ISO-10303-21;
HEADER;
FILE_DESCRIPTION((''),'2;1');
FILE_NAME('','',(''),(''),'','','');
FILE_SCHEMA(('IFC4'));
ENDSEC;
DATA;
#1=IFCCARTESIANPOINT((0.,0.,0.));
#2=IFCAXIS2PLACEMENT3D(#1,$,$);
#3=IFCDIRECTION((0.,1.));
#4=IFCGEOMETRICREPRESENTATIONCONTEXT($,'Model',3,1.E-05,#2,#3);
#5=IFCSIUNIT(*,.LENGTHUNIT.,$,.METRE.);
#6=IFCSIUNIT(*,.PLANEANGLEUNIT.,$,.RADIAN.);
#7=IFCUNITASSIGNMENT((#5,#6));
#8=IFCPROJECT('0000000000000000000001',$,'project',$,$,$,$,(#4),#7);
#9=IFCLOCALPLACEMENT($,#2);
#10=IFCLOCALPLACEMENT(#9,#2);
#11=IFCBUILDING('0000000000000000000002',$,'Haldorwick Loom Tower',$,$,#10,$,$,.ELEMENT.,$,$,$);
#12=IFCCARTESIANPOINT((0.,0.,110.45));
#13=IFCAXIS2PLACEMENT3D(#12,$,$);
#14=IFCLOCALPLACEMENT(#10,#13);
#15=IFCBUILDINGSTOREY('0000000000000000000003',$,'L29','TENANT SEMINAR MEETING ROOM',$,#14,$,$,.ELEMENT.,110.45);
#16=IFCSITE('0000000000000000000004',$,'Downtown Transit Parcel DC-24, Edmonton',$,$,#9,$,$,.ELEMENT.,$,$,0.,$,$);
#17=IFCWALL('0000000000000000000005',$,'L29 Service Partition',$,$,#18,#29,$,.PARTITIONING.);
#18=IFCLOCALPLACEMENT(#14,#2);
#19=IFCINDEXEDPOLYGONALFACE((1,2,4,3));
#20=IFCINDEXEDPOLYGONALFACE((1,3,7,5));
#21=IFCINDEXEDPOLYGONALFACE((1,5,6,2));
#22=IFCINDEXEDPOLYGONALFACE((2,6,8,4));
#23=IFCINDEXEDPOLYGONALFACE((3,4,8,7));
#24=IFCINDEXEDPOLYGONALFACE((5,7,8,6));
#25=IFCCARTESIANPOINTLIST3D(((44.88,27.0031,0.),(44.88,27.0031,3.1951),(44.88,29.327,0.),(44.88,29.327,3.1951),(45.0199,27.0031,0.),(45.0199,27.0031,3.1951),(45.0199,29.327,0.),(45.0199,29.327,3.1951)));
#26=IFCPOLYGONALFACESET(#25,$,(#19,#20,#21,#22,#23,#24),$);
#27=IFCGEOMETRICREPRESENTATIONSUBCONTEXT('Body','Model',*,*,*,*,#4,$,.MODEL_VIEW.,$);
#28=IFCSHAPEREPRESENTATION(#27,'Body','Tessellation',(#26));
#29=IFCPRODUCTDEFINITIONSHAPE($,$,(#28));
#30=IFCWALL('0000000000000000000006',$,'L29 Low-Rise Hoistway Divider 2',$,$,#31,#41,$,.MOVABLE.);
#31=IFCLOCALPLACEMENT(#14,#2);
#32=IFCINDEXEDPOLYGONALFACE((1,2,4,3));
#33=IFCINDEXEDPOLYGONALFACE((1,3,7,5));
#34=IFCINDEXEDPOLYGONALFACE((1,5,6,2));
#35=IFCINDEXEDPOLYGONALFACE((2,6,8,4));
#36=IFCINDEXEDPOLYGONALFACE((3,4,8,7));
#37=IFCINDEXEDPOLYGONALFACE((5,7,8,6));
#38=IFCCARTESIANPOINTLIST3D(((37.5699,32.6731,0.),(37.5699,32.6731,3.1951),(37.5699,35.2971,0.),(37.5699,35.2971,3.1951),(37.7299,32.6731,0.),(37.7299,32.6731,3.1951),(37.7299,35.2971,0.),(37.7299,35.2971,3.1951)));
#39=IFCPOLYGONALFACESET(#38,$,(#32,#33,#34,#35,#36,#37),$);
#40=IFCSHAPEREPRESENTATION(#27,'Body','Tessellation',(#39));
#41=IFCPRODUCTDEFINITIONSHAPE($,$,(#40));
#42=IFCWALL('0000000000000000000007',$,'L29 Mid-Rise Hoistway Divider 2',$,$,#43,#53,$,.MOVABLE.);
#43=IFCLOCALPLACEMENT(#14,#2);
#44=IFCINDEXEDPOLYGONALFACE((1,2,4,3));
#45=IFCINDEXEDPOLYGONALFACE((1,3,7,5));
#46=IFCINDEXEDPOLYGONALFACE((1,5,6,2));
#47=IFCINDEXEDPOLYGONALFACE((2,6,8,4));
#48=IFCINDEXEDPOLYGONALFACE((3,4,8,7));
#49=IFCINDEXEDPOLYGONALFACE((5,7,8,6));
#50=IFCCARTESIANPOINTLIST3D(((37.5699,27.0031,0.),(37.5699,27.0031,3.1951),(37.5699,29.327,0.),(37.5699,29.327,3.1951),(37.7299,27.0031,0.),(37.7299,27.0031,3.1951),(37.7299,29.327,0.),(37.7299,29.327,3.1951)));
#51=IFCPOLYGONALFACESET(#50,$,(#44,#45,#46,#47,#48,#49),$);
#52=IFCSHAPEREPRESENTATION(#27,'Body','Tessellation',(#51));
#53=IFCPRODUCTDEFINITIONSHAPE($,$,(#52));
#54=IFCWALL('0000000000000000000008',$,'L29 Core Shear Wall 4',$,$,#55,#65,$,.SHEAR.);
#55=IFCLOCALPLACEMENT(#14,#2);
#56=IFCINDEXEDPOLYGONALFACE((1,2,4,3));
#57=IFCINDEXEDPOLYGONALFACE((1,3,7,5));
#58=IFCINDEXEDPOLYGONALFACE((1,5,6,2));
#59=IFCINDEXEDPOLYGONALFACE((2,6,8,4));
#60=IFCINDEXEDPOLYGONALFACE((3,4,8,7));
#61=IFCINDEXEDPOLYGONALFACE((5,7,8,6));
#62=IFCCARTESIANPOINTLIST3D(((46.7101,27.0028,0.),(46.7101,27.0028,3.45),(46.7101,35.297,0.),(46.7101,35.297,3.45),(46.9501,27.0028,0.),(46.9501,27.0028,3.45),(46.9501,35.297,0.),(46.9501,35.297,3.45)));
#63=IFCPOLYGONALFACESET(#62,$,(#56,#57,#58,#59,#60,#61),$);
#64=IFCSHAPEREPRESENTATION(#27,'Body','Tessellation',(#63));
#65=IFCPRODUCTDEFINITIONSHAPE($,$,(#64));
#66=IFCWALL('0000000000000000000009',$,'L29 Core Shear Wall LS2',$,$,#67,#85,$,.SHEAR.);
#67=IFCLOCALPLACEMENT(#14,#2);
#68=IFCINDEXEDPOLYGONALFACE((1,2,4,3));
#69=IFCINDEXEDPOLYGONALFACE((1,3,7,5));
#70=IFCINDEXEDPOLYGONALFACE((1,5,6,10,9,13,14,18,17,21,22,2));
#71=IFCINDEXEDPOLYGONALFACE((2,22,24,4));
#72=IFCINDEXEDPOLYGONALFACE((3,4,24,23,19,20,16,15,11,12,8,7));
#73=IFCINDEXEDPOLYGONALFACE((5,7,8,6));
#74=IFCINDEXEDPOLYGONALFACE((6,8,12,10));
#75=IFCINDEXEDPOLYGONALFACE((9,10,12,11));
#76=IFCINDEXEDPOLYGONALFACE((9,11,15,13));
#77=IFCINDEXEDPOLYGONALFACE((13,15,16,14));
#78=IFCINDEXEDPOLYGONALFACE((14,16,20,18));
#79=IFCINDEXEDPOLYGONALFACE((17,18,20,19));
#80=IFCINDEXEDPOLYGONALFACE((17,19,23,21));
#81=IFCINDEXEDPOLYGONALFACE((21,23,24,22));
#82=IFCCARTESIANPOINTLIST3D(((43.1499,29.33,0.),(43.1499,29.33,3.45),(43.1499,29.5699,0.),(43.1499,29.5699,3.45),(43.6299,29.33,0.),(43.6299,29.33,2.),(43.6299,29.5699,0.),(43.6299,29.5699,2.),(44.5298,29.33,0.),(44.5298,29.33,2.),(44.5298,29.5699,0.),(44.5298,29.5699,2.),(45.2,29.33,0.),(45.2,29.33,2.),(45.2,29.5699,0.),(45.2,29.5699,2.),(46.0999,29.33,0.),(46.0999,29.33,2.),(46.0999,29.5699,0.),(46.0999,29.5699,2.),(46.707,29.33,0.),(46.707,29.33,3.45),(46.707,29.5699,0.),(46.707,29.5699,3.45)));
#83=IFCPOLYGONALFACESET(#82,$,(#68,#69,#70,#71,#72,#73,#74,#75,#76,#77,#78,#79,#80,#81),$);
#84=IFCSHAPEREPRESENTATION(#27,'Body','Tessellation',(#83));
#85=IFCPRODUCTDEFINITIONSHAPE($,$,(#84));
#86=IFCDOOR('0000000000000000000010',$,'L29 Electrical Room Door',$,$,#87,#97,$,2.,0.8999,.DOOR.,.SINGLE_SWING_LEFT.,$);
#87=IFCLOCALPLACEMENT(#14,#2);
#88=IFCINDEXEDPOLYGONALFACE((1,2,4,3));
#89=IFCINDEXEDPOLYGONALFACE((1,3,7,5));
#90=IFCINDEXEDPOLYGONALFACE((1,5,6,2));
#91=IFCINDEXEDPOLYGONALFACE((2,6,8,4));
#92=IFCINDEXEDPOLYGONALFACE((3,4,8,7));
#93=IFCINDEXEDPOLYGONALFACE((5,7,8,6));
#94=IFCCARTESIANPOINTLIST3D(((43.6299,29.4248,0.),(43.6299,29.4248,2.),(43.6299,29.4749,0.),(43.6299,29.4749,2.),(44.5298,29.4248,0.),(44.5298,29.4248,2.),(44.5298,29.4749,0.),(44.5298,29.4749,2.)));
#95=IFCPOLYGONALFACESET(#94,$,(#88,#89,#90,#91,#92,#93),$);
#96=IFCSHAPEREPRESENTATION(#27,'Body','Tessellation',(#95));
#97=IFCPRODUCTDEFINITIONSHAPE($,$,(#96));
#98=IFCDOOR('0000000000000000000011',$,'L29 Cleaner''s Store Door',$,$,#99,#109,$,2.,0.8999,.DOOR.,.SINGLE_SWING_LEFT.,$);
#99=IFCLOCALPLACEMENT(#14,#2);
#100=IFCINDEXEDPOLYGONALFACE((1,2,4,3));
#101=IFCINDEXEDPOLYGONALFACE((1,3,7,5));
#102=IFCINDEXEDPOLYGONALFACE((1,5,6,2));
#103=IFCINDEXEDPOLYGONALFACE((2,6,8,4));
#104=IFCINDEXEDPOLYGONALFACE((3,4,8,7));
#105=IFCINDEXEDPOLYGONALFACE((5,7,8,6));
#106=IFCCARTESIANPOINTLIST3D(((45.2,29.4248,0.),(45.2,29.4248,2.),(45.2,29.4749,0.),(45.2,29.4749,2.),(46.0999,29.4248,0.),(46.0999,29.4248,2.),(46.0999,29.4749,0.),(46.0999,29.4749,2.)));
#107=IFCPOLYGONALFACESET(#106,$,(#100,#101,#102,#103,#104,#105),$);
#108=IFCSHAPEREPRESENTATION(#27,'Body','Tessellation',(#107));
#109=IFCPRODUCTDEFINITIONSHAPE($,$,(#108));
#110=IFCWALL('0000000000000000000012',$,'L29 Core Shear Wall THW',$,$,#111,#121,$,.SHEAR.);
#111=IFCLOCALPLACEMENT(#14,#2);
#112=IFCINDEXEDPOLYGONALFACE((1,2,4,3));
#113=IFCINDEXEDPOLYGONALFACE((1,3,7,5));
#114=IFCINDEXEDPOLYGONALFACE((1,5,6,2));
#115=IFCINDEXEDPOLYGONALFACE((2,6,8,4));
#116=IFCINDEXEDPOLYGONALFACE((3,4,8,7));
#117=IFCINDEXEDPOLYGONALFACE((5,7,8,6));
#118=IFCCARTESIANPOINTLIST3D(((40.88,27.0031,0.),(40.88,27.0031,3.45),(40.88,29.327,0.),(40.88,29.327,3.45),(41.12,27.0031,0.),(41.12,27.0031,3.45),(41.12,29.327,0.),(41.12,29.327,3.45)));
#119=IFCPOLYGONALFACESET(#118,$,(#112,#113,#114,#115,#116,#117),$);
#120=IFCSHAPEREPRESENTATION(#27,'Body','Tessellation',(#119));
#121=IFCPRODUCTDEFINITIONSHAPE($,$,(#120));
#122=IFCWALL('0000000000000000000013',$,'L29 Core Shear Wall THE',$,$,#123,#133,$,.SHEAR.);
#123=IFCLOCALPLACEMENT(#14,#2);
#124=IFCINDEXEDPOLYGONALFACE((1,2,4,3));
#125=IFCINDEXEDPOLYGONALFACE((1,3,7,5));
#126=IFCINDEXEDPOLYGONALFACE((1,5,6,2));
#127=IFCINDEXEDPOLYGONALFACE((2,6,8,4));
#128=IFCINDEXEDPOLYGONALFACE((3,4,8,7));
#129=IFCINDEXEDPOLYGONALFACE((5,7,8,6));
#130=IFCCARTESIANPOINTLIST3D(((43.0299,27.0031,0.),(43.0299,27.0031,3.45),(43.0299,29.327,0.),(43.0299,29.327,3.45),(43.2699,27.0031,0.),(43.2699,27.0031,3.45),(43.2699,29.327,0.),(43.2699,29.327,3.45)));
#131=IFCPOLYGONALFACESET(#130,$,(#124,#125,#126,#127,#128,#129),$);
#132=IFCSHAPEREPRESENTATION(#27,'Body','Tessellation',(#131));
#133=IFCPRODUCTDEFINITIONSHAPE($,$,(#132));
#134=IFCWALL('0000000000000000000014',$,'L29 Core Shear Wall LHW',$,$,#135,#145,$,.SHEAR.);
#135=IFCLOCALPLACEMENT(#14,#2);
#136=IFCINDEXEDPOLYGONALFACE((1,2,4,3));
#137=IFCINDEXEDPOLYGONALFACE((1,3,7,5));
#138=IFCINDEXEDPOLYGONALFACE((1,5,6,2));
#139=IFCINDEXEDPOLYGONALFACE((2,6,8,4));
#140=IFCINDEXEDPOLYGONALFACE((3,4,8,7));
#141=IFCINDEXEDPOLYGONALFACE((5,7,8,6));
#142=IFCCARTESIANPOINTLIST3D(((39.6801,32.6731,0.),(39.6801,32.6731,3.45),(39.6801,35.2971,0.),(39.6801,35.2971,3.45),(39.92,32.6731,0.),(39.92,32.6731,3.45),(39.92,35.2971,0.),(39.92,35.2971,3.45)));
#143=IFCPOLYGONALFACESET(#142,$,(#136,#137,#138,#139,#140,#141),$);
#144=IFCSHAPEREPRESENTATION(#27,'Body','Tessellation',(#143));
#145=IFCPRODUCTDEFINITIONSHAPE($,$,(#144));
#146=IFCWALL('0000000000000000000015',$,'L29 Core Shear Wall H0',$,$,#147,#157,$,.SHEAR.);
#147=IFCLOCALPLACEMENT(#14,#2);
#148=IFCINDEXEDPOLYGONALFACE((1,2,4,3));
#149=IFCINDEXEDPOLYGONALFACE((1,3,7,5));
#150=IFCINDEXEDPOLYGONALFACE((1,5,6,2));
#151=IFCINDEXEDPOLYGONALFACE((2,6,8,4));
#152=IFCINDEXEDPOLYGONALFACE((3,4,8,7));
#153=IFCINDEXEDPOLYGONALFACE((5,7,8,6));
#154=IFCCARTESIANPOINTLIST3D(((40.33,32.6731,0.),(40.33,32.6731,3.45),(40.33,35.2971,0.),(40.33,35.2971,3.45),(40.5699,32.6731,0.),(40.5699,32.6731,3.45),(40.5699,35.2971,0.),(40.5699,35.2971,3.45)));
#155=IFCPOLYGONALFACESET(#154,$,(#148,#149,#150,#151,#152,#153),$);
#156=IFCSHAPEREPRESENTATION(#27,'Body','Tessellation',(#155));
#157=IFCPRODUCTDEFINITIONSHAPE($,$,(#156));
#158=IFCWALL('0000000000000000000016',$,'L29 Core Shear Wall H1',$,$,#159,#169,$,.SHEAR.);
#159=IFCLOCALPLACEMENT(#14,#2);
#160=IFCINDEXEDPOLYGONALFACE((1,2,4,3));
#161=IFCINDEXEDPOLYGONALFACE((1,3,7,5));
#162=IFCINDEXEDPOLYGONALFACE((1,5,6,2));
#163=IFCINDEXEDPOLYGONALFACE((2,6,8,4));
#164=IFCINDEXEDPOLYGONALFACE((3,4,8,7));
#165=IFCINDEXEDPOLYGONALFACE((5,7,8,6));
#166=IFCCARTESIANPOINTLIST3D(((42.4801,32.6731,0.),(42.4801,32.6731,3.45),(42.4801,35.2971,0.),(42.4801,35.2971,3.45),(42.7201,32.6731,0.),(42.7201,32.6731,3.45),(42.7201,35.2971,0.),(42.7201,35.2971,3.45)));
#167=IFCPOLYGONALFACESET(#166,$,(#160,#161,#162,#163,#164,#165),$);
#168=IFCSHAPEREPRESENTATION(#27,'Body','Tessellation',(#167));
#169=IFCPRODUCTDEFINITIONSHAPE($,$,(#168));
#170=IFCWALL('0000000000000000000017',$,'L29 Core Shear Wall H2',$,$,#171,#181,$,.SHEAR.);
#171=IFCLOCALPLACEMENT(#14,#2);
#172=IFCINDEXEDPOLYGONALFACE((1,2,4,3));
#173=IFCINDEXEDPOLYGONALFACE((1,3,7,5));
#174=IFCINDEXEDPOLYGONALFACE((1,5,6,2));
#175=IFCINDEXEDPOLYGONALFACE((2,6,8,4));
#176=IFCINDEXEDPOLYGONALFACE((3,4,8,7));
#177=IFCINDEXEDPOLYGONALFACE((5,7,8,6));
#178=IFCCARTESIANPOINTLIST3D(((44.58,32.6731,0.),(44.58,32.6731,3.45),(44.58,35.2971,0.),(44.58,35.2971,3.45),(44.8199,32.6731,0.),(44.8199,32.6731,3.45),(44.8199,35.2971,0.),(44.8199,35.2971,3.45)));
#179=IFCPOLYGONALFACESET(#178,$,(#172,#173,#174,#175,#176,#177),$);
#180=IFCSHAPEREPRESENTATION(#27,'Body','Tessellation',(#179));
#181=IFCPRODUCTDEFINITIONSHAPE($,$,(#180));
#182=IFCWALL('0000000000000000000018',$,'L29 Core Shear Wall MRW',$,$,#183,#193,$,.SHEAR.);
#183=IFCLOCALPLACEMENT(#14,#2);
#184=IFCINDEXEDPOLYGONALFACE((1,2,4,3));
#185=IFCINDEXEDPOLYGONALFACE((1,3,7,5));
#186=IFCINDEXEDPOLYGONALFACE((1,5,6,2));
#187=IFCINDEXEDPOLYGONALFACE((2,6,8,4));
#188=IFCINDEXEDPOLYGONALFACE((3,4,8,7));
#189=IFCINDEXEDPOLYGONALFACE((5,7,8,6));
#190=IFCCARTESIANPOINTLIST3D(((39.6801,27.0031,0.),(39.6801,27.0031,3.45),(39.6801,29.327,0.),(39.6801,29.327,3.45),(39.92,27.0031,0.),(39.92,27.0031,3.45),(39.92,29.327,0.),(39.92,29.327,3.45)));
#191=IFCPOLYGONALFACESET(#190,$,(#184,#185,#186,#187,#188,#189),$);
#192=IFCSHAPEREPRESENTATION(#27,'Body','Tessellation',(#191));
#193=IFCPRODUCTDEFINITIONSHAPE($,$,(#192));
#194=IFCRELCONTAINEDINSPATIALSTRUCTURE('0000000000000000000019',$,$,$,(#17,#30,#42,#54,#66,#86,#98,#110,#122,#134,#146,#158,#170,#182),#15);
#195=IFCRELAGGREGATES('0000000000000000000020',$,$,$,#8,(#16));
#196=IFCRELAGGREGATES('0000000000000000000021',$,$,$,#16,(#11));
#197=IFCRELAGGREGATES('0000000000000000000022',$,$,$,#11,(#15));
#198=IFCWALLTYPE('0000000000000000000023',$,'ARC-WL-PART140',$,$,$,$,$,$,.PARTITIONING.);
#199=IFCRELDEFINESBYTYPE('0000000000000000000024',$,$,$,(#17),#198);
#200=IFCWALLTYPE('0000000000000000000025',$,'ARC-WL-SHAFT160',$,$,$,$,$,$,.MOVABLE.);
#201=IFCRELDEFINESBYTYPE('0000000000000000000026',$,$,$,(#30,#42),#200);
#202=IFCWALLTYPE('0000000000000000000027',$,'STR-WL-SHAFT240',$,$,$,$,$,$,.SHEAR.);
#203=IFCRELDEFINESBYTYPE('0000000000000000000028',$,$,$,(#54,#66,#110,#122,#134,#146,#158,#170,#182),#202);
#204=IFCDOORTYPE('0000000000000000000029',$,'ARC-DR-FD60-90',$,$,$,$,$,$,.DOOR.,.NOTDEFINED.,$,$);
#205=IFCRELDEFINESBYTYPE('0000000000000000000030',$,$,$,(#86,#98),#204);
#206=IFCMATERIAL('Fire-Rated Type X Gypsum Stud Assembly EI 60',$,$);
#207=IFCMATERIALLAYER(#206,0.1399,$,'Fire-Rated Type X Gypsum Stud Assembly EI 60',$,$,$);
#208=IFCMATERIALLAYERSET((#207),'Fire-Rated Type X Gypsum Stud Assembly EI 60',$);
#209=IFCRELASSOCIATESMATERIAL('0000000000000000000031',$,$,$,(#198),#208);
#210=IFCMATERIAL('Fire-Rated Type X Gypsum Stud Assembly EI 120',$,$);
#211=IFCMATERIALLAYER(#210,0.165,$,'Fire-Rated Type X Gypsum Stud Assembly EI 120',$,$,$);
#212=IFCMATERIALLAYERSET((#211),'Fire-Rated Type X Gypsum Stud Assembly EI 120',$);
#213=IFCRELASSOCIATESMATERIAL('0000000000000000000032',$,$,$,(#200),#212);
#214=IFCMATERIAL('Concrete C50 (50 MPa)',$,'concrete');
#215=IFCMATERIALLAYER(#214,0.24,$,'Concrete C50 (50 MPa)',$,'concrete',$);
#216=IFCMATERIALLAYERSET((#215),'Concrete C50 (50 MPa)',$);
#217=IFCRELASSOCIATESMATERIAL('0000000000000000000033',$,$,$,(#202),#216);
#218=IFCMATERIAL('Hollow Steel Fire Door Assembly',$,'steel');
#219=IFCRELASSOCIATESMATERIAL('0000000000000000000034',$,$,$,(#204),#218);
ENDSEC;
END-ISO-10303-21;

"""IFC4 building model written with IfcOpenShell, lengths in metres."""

from ifc_helpers import new_model, si_unit, direction, frame, frame_2d, origin, place, context, subcontext, project, spatial, rectangle, extrude, material, layer, layer_set, type_object, element, fill, save


model = new_model("IFC4")

# Units and contexts
model_context = context("Model", 3, precision=1e-05, world=origin(), true_north=direction((0.0, 1.0)))
body_context = subcontext(model_context, "Body", "Model", "MODEL_VIEW")
ifc_project = project(units=[si_unit("LENGTHUNIT", "METRE"), si_unit("PLANEANGLEUNIT", "RADIAN")], contexts=[model_context])

# Site, building, storey
site_placement = place(None, origin())
site = spatial("IfcSite", under=ifc_project, at=site_placement, Name="Downtown Transit Parcel DC-24, Edmonton", CompositionType="ELEMENT", RefElevation=0.0)
building_placement = place(site_placement, origin())
building = spatial("IfcBuilding", under=site, at=building_placement, Name="Haldorwick Loom Tower", CompositionType="ELEMENT")
storey_placement = place(building_placement, frame((0.0, 0.0, 110.45)))
storey = spatial("IfcBuildingStorey", under=building, at=storey_placement, Name="L29", Description="TENANT SEMINAR MEETING ROOM", CompositionType="ELEMENT", Elevation=110.45)

# Walls
ifc_material_1 = material(Name="Fire-Rated Type X Gypsum Stud Assembly EI 60")
ifc_layer_1 = layer(ifc_material_1, 0.1399, Name="Fire-Rated Type X Gypsum Stud Assembly EI 60")
ifc_layer_set_1 = layer_set([ifc_layer_1], Name="Fire-Rated Type X Gypsum Stud Assembly EI 60")
wall_type_1 = type_object("IfcWallType", Name="ARC-WL-PART140", PredefinedType="PARTITIONING", material=ifc_layer_set_1)
wall_1_placement = place(storey_placement, frame((44.95, 27.0029, 0.0), z_axis=(0.0, 0.0, 1.0), x_axis=(0.0, 1.0, 0.0)))
element("IfcWall", 1, at=wall_1_placement, inside=storey, type_object=wall_type_1, Name="L29 Service Partition", PredefinedType="PARTITIONING", context=body_context, shape_type="SweptSolid", body=[
    extrude(rectangle(XDim=2.324, YDim=0.1399, at=frame_2d((1.1621, 0.0))), origin(), (0.0, 0.0, 1.0), 3.1951),
])
ifc_material_2 = material(Name="Fire-Rated Type X Gypsum Stud Assembly EI 120")
ifc_layer_2 = layer(ifc_material_2, 0.165, Name="Fire-Rated Type X Gypsum Stud Assembly EI 120")
ifc_layer_set_2 = layer_set([ifc_layer_2], Name="Fire-Rated Type X Gypsum Stud Assembly EI 120")
wall_type_2 = type_object("IfcWallType", Name="ARC-WL-SHAFT160", PredefinedType="MOVABLE", material=ifc_layer_set_2)
wall_2_placement = place(storey_placement, frame((37.6499, 32.6731, 0.0), z_axis=(0.0, 0.0, 1.0), x_axis=(0.0, 1.0, 0.0)))
element("IfcWall", 2, at=wall_2_placement, inside=storey, type_object=wall_type_2, Name="L29 Low-Rise Hoistway Divider 2", PredefinedType="MOVABLE", context=body_context, shape_type="SweptSolid", body=[
    extrude(rectangle(XDim=2.624, YDim=0.1599, at=frame_2d((1.312, 0.0))), origin(), (0.0, 0.0, 1.0), 3.1951),
])
wall_3_placement = place(storey_placement, frame((37.6499, 27.0029, 0.0), z_axis=(0.0, 0.0, 1.0), x_axis=(0.0, 1.0, 0.0)))
element("IfcWall", 3, at=wall_3_placement, inside=storey, type_object=wall_type_2, Name="L29 Mid-Rise Hoistway Divider 2", PredefinedType="MOVABLE", context=body_context, shape_type="SweptSolid", body=[
    extrude(rectangle(XDim=2.324, YDim=0.1599, at=frame_2d((1.1621, 0.0))), origin(), (0.0, 0.0, 1.0), 3.1951),
])
ifc_material_3 = material(Name="Concrete C50 (50 MPa)", Category="concrete")
ifc_layer_3 = layer(ifc_material_3, 0.24, Name="Concrete C50 (50 MPa)", Category="concrete")
ifc_layer_set_3 = layer_set([ifc_layer_3], Name="Concrete C50 (50 MPa)")
wall_type_3 = type_object("IfcWallType", Name="STR-WL-SHAFT240", PredefinedType="SHEAR", material=ifc_layer_set_3)
wall_4_placement = place(storey_placement, frame((46.8301, 27.0029, 0.0), z_axis=(0.0, 0.0, 1.0), x_axis=(0.0, 1.0, 0.0)))
element("IfcWall", 4, at=wall_4_placement, inside=storey, type_object=wall_type_3, Name="L29 Core Shear Wall 4", PredefinedType="SHEAR", context=body_context, shape_type="SweptSolid", body=[
    extrude(rectangle(XDim=8.2942, YDim=0.24, at=frame_2d((4.147, 0.0))), origin(), (0.0, 0.0, 1.0), 3.45),
])

# Wall, openings, doors
wall_5_placement = place(storey_placement, frame((43.1499, 29.45, 0.0), z_axis=(0.0, 0.0, 1.0), x_axis=(1.0, 0.0, 0.0)))
wall_5 = element("IfcWall", 5, at=wall_5_placement, inside=storey, type_object=wall_type_3, Name="L29 Core Shear Wall LS2", PredefinedType="SHEAR", context=body_context, shape_type="SweptSolid", body=[
    extrude(rectangle(XDim=3.5571, YDim=0.24, at=frame_2d((1.7786, 0.0))), origin(), (0.0, 0.0, 1.0), 3.45),
])
opening_1_placement = place(wall_5_placement, frame((0.48, 0.0, 0.0)))
opening_1 = element("IfcOpeningElement", 6, at=opening_1_placement, cuts=wall_5, PredefinedType="OPENING", context=body_context, shape_type="SweptSolid", body=[
    extrude(rectangle(XDim=0.8999, YDim=2.0, at=frame_2d((0.45, 1.0))), frame((0.0, 0.1299, 0.0), z_axis=(0.0, -1.0, 0.0), x_axis=(1.0, 0.0, 0.0)), (0.0, 0.0, 1.0), 0.26),
])
opening_2_placement = place(wall_5_placement, frame((2.05, 0.0, 0.0)))
opening_2 = element("IfcOpeningElement", 7, at=opening_2_placement, cuts=wall_5, PredefinedType="OPENING", context=body_context, shape_type="SweptSolid", body=[
    extrude(rectangle(XDim=0.8999, YDim=2.0, at=frame_2d((0.45, 1.0))), frame((0.0, 0.1299, 0.0), z_axis=(0.0, -1.0, 0.0), x_axis=(1.0, 0.0, 0.0)), (0.0, 0.0, 1.0), 0.26),
])
ifc_material_4 = material(Name="Hollow Steel Fire Door Assembly", Category="steel")
door_type = type_object("IfcDoorType", Name="ARC-DR-FD60-90", OperationType="NOTDEFINED", PredefinedType="DOOR", material=ifc_material_4)
door_1_placement = place(opening_1_placement, origin())
door_1 = element("IfcDoor", 8, at=door_1_placement, inside=storey, type_object=door_type, Name="L29 Electrical Room Door", OperationType="SINGLE_SWING_LEFT", OverallHeight=2.0, OverallWidth=0.8999, PredefinedType="DOOR", context=body_context, shape_type="SweptSolid", body=[
    extrude(rectangle(XDim=0.8999, YDim=2.0, at=frame_2d((0.45, 1.0))), frame((0.0, 0.0249, 0.0), z_axis=(0.0, -1.0, 0.0), x_axis=(1.0, 0.0, 0.0)), (0.0, 0.0, 1.0), 0.05),
])
fill(opening_1, door_1)
door_2_placement = place(opening_2_placement, origin())
door_2 = element("IfcDoor", 9, at=door_2_placement, inside=storey, type_object=door_type, Name="L29 Cleaner's Store Door", OperationType="SINGLE_SWING_LEFT", OverallHeight=2.0, OverallWidth=0.8999, PredefinedType="DOOR", context=body_context, shape_type="SweptSolid", body=[
    extrude(rectangle(XDim=0.8999, YDim=2.0, at=frame_2d((0.45, 1.0))), frame((0.0, 0.0249, 0.0), z_axis=(0.0, -1.0, 0.0), x_axis=(1.0, 0.0, 0.0)), (0.0, 0.0, 1.0), 0.05),
])
fill(opening_2, door_2)

# Walls
for number, where, z_axis, x_axis, name in (
    (10, (41.0, 27.0029, 0.0), (0.0, 0.0, 1.0), (0.0, 1.0, 0.0), "L29 Core Shear Wall THW"),
    (11, (43.1499, 27.0029, 0.0), (0.0, 0.0, 1.0), (0.0, 1.0, 0.0), "L29 Core Shear Wall THE"),
):
    element("IfcWall", number, at=place(storey_placement, frame(where, z_axis=z_axis, x_axis=x_axis)), inside=storey, type_object=wall_type_3, Name=name, PredefinedType="SHEAR", context=body_context, shape_type="SweptSolid", body=[
        extrude(rectangle(XDim=2.324, YDim=0.24, at=frame_2d((1.1621, 0.0))), origin(), (0.0, 0.0, 1.0), 3.45),
    ])
for number, where, z_axis, x_axis, name in (
    (12, (39.8, 32.6731, 0.0), (0.0, 0.0, 1.0), (0.0, 1.0, 0.0), "L29 Core Shear Wall LHW"),
    (13, (40.45, 32.6731, 0.0), (0.0, 0.0, 1.0), (0.0, 1.0, 0.0), "L29 Core Shear Wall H0"),
    (14, (42.6001, 32.6731, 0.0), (0.0, 0.0, 1.0), (0.0, 1.0, 0.0), "L29 Core Shear Wall H1"),
    (15, (44.7, 32.6731, 0.0), (0.0, 0.0, 1.0), (0.0, 1.0, 0.0), "L29 Core Shear Wall H2"),
):
    element("IfcWall", number, at=place(storey_placement, frame(where, z_axis=z_axis, x_axis=x_axis)), inside=storey, type_object=wall_type_3, Name=name, PredefinedType="SHEAR", context=body_context, shape_type="SweptSolid", body=[
        extrude(rectangle(XDim=2.624, YDim=0.24, at=frame_2d((1.312, 0.0))), origin(), (0.0, 0.0, 1.0), 3.45),
    ])
wall_6_placement = place(storey_placement, frame((39.8, 27.0029, 0.0), z_axis=(0.0, 0.0, 1.0), x_axis=(0.0, 1.0, 0.0)))
element("IfcWall", 16, at=wall_6_placement, inside=storey, type_object=wall_type_3, Name="L29 Core Shear Wall MRW", PredefinedType="SHEAR", context=body_context, shape_type="SweptSolid", body=[
    extrude(rectangle(XDim=2.324, YDim=0.24, at=frame_2d((1.1621, 0.0))), origin(), (0.0, 0.0, 1.0), 3.45),
])

save(model, "model.ifc")
